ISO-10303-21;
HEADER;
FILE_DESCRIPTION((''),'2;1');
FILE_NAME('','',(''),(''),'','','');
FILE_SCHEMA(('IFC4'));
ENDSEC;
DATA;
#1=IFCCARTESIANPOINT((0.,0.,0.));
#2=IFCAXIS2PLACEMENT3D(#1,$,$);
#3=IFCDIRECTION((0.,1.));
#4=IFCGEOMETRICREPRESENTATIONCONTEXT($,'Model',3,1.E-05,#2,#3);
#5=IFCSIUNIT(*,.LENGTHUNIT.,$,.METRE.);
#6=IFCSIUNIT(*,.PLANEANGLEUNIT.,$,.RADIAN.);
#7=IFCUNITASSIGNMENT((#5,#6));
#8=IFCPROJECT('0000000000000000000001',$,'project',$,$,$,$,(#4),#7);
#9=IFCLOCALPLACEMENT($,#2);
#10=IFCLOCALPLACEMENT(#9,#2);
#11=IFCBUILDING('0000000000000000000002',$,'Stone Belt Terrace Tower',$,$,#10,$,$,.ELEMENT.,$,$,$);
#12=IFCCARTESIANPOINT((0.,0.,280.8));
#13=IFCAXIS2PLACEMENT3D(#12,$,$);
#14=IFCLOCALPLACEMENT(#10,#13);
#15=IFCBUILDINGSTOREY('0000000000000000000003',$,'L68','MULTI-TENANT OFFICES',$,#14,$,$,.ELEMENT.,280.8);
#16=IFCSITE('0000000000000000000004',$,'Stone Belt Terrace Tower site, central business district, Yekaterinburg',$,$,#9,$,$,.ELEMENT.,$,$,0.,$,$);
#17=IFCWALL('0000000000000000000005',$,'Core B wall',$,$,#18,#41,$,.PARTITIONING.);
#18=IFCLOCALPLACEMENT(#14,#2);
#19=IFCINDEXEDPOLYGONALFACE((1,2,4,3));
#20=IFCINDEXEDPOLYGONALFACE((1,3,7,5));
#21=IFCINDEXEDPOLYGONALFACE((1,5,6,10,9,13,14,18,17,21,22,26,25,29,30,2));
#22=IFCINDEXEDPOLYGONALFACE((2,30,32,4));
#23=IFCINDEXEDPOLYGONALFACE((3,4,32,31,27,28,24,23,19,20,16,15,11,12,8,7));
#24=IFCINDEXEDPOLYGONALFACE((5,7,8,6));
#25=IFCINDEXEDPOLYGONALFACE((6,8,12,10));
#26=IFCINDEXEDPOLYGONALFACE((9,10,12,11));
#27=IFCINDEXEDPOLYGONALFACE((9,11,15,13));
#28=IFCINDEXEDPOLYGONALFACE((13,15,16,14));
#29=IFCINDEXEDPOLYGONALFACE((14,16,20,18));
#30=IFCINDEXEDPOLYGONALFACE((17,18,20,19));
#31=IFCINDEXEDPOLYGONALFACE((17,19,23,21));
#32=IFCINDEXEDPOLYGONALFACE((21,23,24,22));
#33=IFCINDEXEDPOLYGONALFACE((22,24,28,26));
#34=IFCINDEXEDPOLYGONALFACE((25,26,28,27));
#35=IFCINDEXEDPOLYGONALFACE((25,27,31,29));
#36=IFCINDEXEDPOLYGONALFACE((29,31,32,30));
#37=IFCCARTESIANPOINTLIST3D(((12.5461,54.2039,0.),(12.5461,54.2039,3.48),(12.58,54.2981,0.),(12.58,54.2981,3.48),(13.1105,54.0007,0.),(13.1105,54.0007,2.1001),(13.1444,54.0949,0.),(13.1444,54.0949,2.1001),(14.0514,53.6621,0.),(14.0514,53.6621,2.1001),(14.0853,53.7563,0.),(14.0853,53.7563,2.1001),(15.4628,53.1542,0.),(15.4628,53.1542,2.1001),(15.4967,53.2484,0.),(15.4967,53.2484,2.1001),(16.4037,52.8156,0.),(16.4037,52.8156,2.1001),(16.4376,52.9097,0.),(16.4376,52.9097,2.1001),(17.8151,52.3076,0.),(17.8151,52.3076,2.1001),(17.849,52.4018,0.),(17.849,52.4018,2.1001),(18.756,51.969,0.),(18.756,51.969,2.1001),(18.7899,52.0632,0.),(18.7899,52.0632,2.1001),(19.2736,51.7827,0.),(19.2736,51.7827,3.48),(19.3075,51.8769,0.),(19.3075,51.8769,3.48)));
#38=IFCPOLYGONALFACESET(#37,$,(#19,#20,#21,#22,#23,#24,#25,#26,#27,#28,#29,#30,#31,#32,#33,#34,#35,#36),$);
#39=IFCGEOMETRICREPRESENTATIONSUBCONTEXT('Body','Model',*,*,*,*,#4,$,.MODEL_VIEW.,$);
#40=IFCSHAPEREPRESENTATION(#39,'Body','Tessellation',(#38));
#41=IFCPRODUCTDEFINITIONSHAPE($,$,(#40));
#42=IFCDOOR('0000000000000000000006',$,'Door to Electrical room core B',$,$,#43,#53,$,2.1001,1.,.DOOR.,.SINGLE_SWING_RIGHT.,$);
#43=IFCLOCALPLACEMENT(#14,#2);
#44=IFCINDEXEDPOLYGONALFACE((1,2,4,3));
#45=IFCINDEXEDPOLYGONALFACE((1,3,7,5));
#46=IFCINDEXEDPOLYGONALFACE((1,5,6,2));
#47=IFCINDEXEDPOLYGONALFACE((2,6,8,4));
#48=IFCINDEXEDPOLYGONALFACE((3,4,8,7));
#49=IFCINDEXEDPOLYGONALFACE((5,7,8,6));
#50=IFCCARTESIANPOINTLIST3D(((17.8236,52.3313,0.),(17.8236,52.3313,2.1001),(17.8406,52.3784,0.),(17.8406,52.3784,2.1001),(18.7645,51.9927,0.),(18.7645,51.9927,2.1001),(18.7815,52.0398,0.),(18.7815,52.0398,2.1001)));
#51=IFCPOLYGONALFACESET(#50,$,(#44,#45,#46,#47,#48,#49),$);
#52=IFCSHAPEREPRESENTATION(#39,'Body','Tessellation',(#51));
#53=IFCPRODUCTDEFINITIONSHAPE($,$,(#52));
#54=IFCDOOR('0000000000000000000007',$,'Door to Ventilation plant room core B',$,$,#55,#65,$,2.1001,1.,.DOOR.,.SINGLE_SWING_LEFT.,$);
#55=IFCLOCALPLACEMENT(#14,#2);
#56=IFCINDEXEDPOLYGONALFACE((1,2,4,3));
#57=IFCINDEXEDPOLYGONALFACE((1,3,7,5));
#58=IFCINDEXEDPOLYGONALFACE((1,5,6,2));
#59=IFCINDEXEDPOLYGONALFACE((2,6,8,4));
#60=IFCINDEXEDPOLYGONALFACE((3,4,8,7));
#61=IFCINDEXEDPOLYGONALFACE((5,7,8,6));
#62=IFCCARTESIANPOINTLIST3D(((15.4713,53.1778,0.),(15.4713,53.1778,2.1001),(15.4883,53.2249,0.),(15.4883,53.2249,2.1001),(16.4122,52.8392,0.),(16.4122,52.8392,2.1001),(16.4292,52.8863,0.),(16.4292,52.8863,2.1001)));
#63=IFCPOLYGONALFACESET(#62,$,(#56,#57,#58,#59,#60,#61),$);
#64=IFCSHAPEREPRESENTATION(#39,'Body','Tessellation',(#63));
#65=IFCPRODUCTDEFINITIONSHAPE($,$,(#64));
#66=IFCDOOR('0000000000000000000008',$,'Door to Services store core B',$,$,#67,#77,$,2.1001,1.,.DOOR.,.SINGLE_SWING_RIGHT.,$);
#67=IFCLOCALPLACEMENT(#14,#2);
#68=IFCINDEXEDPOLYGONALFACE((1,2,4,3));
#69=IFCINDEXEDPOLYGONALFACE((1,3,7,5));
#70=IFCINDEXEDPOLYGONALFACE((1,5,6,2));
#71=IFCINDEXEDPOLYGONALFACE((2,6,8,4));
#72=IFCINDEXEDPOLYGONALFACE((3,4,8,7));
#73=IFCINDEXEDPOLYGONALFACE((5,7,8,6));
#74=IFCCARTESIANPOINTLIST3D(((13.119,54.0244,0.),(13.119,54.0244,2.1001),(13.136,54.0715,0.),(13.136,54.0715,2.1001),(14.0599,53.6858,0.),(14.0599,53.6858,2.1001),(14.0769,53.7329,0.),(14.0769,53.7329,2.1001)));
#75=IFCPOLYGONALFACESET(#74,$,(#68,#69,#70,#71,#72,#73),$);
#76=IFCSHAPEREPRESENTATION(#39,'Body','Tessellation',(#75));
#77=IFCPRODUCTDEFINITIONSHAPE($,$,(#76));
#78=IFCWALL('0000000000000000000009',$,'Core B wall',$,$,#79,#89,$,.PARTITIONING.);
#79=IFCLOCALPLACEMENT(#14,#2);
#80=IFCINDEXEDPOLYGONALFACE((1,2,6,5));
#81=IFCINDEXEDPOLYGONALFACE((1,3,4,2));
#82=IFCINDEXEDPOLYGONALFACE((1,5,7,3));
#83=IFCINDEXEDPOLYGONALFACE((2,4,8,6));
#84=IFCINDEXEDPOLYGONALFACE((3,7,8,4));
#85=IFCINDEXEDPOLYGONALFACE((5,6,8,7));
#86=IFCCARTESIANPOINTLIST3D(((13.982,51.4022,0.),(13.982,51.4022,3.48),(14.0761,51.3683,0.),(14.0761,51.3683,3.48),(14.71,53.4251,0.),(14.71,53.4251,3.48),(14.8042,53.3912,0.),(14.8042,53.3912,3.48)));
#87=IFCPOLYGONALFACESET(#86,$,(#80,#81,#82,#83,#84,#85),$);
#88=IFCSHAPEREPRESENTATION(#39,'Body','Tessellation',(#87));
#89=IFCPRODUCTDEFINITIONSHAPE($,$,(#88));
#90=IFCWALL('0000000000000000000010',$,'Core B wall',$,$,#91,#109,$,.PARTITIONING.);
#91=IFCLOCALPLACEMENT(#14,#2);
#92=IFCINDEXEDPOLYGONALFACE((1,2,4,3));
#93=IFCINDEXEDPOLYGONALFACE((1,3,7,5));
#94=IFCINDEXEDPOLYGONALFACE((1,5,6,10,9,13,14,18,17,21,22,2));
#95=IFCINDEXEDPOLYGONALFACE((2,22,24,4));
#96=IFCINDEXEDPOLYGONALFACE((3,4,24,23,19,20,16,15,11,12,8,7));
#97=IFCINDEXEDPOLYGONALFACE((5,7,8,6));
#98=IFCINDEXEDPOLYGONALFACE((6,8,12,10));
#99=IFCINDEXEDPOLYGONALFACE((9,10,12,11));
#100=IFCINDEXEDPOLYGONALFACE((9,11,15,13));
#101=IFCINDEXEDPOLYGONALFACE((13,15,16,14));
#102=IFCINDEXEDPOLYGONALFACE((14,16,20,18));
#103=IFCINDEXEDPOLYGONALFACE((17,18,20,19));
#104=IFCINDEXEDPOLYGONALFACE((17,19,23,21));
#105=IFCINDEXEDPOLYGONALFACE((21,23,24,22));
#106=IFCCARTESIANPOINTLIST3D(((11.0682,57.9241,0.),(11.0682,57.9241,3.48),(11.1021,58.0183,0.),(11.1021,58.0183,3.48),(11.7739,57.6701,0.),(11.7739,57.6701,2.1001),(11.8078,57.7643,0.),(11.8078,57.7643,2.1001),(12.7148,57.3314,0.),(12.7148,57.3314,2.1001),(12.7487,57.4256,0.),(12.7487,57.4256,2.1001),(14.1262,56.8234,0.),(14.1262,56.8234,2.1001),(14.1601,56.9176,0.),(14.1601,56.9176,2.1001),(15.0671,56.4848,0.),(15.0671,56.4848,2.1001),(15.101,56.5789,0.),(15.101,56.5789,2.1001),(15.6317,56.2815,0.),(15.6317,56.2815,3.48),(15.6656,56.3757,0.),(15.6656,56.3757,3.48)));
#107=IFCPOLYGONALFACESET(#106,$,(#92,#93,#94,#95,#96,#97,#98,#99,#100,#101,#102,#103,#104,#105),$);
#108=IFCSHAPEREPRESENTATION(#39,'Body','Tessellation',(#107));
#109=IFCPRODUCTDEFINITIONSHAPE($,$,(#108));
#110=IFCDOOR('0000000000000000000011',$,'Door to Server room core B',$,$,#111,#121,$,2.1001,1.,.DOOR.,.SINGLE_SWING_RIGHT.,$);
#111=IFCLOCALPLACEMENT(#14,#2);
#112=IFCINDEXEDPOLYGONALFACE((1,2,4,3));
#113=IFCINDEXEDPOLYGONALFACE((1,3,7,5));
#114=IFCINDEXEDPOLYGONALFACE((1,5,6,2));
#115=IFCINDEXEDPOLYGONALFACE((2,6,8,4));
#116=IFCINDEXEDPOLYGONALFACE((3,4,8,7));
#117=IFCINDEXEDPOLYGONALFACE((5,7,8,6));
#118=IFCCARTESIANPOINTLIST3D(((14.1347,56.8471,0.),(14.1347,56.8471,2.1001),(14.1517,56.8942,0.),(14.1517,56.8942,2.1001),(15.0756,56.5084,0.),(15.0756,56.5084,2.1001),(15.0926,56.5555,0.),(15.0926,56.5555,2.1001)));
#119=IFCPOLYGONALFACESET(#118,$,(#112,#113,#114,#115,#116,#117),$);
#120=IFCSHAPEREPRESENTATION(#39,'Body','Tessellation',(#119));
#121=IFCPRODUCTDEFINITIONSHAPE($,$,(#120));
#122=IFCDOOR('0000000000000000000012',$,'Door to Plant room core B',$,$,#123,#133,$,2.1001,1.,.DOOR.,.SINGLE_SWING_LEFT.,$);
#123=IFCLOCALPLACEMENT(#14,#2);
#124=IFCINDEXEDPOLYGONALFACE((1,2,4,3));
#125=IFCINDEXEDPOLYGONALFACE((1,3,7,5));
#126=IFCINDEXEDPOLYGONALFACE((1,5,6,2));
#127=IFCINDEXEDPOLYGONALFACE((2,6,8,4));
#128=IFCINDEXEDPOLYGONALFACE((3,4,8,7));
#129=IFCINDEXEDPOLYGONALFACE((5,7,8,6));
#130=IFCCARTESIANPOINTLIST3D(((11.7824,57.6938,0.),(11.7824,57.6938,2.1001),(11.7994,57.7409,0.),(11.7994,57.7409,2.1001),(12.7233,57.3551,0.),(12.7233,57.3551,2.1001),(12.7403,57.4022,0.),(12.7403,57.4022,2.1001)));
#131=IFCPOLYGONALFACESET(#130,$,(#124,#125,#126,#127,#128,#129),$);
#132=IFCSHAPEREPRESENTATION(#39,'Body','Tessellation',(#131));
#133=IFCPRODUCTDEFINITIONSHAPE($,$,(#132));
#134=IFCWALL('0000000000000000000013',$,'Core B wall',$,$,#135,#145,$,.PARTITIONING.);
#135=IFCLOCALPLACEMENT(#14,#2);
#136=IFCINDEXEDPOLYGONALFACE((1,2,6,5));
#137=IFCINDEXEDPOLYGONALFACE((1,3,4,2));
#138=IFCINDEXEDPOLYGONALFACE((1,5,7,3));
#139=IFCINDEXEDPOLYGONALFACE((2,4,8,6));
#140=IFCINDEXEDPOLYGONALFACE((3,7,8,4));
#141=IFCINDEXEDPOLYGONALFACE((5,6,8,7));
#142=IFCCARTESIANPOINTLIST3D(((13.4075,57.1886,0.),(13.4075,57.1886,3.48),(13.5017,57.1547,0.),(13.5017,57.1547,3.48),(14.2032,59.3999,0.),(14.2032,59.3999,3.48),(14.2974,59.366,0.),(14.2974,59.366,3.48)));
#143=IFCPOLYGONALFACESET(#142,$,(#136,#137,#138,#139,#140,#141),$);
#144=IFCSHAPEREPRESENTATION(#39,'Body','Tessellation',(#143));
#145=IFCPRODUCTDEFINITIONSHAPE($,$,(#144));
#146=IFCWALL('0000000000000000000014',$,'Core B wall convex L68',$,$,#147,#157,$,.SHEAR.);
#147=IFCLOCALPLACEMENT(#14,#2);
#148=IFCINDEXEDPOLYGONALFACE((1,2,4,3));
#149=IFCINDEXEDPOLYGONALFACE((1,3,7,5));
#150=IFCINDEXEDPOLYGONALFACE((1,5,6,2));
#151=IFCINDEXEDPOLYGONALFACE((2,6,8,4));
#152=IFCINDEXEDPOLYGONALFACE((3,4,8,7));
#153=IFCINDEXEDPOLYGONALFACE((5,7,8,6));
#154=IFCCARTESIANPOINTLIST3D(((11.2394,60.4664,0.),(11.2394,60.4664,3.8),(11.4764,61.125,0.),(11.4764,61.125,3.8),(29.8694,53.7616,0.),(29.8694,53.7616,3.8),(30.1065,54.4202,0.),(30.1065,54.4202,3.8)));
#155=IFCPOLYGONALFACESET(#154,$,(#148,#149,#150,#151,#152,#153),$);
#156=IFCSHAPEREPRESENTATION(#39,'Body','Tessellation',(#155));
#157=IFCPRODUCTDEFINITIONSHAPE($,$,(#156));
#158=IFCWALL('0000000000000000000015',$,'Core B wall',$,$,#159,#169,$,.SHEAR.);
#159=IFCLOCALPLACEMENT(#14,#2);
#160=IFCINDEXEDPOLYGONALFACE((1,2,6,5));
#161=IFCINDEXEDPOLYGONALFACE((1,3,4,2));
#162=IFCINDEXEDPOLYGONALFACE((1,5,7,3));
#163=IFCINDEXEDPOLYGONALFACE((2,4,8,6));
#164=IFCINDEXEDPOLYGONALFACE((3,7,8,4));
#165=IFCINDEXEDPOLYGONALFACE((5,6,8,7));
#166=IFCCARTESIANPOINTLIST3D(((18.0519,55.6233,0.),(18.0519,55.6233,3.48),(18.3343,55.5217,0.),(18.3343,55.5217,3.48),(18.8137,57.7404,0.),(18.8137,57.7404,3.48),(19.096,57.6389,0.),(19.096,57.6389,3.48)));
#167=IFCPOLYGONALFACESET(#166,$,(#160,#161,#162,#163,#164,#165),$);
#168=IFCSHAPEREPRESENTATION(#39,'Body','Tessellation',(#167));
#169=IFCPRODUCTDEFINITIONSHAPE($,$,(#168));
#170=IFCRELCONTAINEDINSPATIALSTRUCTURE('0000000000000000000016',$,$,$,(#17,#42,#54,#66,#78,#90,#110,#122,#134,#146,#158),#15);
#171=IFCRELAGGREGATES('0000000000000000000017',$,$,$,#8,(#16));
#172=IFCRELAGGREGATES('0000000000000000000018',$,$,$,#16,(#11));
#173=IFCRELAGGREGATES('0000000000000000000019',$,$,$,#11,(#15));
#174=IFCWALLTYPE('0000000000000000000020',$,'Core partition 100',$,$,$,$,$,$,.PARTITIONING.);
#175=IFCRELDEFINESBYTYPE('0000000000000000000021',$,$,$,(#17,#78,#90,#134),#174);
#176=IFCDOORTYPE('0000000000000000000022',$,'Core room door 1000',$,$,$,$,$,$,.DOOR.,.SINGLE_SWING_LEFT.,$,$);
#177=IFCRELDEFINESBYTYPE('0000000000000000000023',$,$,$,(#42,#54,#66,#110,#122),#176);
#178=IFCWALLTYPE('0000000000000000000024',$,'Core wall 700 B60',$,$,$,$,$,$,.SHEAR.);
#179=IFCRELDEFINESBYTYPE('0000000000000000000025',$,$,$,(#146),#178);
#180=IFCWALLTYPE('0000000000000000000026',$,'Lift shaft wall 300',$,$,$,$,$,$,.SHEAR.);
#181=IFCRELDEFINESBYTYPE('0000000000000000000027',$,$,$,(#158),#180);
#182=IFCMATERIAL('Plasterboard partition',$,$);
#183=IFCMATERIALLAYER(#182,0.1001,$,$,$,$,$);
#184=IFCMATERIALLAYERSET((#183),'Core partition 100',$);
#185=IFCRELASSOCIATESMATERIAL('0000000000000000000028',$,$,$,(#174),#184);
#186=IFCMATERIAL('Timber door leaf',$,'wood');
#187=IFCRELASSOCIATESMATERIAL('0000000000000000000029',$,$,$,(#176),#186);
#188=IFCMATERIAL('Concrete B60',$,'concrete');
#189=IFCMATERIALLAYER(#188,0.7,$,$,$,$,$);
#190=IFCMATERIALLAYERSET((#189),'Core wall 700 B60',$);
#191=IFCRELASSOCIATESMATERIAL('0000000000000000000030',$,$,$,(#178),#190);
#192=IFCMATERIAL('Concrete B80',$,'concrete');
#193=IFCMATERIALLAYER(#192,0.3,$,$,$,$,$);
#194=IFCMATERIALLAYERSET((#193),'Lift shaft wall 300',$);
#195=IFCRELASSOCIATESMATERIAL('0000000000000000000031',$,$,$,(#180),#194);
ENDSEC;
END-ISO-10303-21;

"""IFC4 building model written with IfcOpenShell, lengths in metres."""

from ifc_helpers import new_model, si_unit, direction, frame, frame_2d, origin, place, context, subcontext, project, spatial, rectangle, extrude, material, layer, layer_set, type_object, element, fill, save


model = new_model("IFC4")

# Units and contexts
model_context = context("Model", 3, precision=1e-05, world=origin(), true_north=direction((0.0, 1.0)))
body_context = subcontext(model_context, "Body", "Model", "MODEL_VIEW")
ifc_project = project(units=[si_unit("LENGTHUNIT", "METRE"), si_unit("PLANEANGLEUNIT", "RADIAN")], contexts=[model_context])

# Site, building, storey
site_placement = place(None, origin())
site = spatial("IfcSite", under=ifc_project, at=site_placement, Name="Stone Belt Terrace Tower site, central business district, Yekaterinburg", CompositionType="ELEMENT", RefElevation=0.0)
building_placement = place(site_placement, origin())
building = spatial("IfcBuilding", under=site, at=building_placement, Name="Stone Belt Terrace Tower", CompositionType="ELEMENT")
storey_placement = place(building_placement, frame((0.0, 0.0, 280.8)))
storey = spatial("IfcBuildingStorey", under=building, at=storey_placement, Name="L68", Description="MULTI-TENANT OFFICES", CompositionType="ELEMENT", Elevation=280.8)

# Shared definitions
ifc_material_1 = material(Name="Concrete B60", Category="concrete")

# Wall, openings, doors
ifc_material_2 = material(Name="Plasterboard partition")
ifc_layer_1 = layer(ifc_material_2, 0.1001)
ifc_layer_set_1 = layer_set([ifc_layer_1], Name="Core partition 100")
wall_type_1 = type_object("IfcWallType", Name="Core partition 100", PredefinedType="PARTITIONING", material=ifc_layer_set_1)
wall_1_placement = place(storey_placement, frame((19.2905, 51.8298, 0.0), z_axis=(0.0, 0.0, 1.0), x_axis=(-0.940922, 0.338624, 0.0)))
wall_1 = element("IfcWall", 1, at=wall_1_placement, inside=storey, type_object=wall_type_1, Name="Core B wall", PredefinedType="PARTITIONING", context=body_context, shape_type="SweptSolid", body=[
    extrude(rectangle(XDim=7.1499, YDim=0.1001, at=frame_2d((3.575, 0.0))), origin(), (0.0, 0.0, 1.0), 3.48),
])
opening_1_placement = place(wall_1_placement, frame((0.55, 0.0, 0.0)))
opening_1 = element("IfcOpeningElement", 2, at=opening_1_placement, cuts=wall_1, PredefinedType="OPENING", context=body_context, shape_type="SweptSolid", body=[
    extrude(rectangle(XDim=1.0, YDim=2.1001, at=frame_2d((0.5, 1.05))), frame((0.0, 0.0601, 0.0), z_axis=(0.0, -1.0, 0.0), x_axis=(1.0, 0.0, 0.0)), (0.0, 0.0, 1.0), 0.1201),
])
opening_2_placement = place(wall_1_placement, frame((3.05, 0.0, 0.0)))
opening_2 = element("IfcOpeningElement", 3, at=opening_2_placement, cuts=wall_1, PredefinedType="OPENING", context=body_context, shape_type="SweptSolid", body=[
    extrude(rectangle(XDim=1.0, YDim=2.1001, at=frame_2d((0.5, 1.05))), frame((0.0, 0.0601, 0.0), z_axis=(0.0, -1.0, 0.0), x_axis=(1.0, 0.0, 0.0)), (0.0, 0.0, 1.0), 0.1201),
])
opening_3_placement = place(wall_1_placement, frame((5.55, 0.0, 0.0)))
opening_3 = element("IfcOpeningElement", 4, at=opening_3_placement, cuts=wall_1, PredefinedType="OPENING", context=body_context, shape_type="SweptSolid", body=[
    extrude(rectangle(XDim=1.0, YDim=2.1001, at=frame_2d((0.5, 1.05))), frame((0.0, 0.0601, 0.0), z_axis=(0.0, -1.0, 0.0), x_axis=(1.0, 0.0, 0.0)), (0.0, 0.0, 1.0), 0.1201),
])
ifc_material_3 = material(Name="Timber door leaf", Category="wood")
door_type_1 = type_object("IfcDoorType", Name="Core room door 1000", OperationType="SINGLE_SWING_LEFT", PredefinedType="DOOR", material=ifc_material_3)
door_1_placement = place(opening_1_placement, origin())
door_1 = element("IfcDoor", 5, at=door_1_placement, inside=storey, type_object=door_type_1, Name="Door to Electrical room core B", OperationType="SINGLE_SWING_RIGHT", OverallHeight=2.1001, OverallWidth=1.0, PredefinedType="DOOR", context=body_context, shape_type="SweptSolid", body=[
    extrude(rectangle(XDim=1.0, YDim=2.1001, at=frame_2d((0.5, 1.05))), frame((0.0, 0.0249, 0.0), z_axis=(0.0, -1.0, 0.0), x_axis=(1.0, 0.0, 0.0)), (0.0, 0.0, 1.0), 0.05),
])
fill(opening_1, door_1)
door_2_placement = place(opening_2_placement, origin())
door_2 = element("IfcDoor", 6, at=door_2_placement, inside=storey, type_object=door_type_1, Name="Door to Ventilation plant room core B", OperationType="SINGLE_SWING_LEFT", OverallHeight=2.1001, OverallWidth=1.0, PredefinedType="DOOR", context=body_context, shape_type="SweptSolid", body=[
    extrude(rectangle(XDim=1.0, YDim=2.1001, at=frame_2d((0.5, 1.05))), frame((0.0, 0.0249, 0.0), z_axis=(0.0, -1.0, 0.0), x_axis=(1.0, 0.0, 0.0)), (0.0, 0.0, 1.0), 0.05),
])
fill(opening_2, door_2)
door_3_placement = place(opening_3_placement, origin())
door_3 = element("IfcDoor", 7, at=door_3_placement, inside=storey, type_object=door_type_1, Name="Door to Services store core B", OperationType="SINGLE_SWING_RIGHT", OverallHeight=2.1001, OverallWidth=1.0, PredefinedType="DOOR", context=body_context, shape_type="SweptSolid", body=[
    extrude(rectangle(XDim=1.0, YDim=2.1001, at=frame_2d((0.5, 1.05))), frame((0.0, 0.0249, 0.0), z_axis=(0.0, -1.0, 0.0), x_axis=(1.0, 0.0, 0.0)), (0.0, 0.0, 1.0), 0.05),
])
fill(opening_3, door_3)

# Wall
wall_2_placement = place(storey_placement, frame((14.0291, 51.3853, 0.0), z_axis=(0.0, 0.0, 1.0), x_axis=(0.338623, 0.940922, 0.0)))
element("IfcWall", 8, at=wall_2_placement, inside=storey, type_object=wall_type_1, Name="Core B wall", PredefinedType="PARTITIONING", context=body_context, shape_type="SweptSolid", body=[
    extrude(rectangle(XDim=2.1499, YDim=0.1001, at=frame_2d((1.075, 0.0))), origin(), (0.0, 0.0, 1.0), 3.48),
])

# Wall, openings, doors
wall_3_placement = place(storey_placement, frame((15.6487, 56.3286, 0.0), z_axis=(0.0, 0.0, 1.0), x_axis=(-0.940905, 0.33867, 0.0)))
wall_3 = element("IfcWall", 9, at=wall_3_placement, inside=storey, type_object=wall_type_1, Name="Core B wall", PredefinedType="PARTITIONING", context=body_context, shape_type="SweptSolid", body=[
    extrude(rectangle(XDim=4.8501, YDim=0.1001, at=frame_2d((2.425, 0.0))), origin(), (0.0, 0.0, 1.0), 3.48),
])
opening_4_placement = place(wall_3_placement, frame((0.6001, 0.0, 0.0)))
opening_4 = element("IfcOpeningElement", 10, at=opening_4_placement, cuts=wall_3, PredefinedType="OPENING", context=body_context, shape_type="SweptSolid", body=[
    extrude(rectangle(XDim=1.0, YDim=2.1001, at=frame_2d((0.5, 1.05))), frame((0.0, 0.0601, 0.0), z_axis=(0.0, -1.0, 0.0), x_axis=(1.0, 0.0, 0.0)), (0.0, 0.0, 1.0), 0.1201),
])
opening_5_placement = place(wall_3_placement, frame((3.1001, 0.0, 0.0)))
opening_5 = element("IfcOpeningElement", 11, at=opening_5_placement, cuts=wall_3, PredefinedType="OPENING", context=body_context, shape_type="SweptSolid", body=[
    extrude(rectangle(XDim=1.0, YDim=2.1001, at=frame_2d((0.5, 1.05))), frame((0.0, 0.0601, 0.0), z_axis=(0.0, -1.0, 0.0), x_axis=(1.0, 0.0, 0.0)), (0.0, 0.0, 1.0), 0.1201),
])
door_4_placement = place(opening_4_placement, origin())
door_4 = element("IfcDoor", 12, at=door_4_placement, inside=storey, type_object=door_type_1, Name="Door to Server room core B", OperationType="SINGLE_SWING_RIGHT", OverallHeight=2.1001, OverallWidth=1.0, PredefinedType="DOOR", context=body_context, shape_type="SweptSolid", body=[
    extrude(rectangle(XDim=1.0, YDim=2.1001, at=frame_2d((0.5, 1.05))), frame((0.0, 0.0249, 0.0), z_axis=(0.0, -1.0, 0.0), x_axis=(1.0, 0.0, 0.0)), (0.0, 0.0, 1.0), 0.05),
])
fill(opening_4, door_4)
door_5_placement = place(opening_5_placement, origin())
door_5 = element("IfcDoor", 13, at=door_5_placement, inside=storey, type_object=door_type_1, Name="Door to Plant room core B", OperationType="SINGLE_SWING_LEFT", OverallHeight=2.1001, OverallWidth=1.0, PredefinedType="DOOR", context=body_context, shape_type="SweptSolid", body=[
    extrude(rectangle(XDim=1.0, YDim=2.1001, at=frame_2d((0.5, 1.05))), frame((0.0, 0.0249, 0.0), z_axis=(0.0, -1.0, 0.0), x_axis=(1.0, 0.0, 0.0)), (0.0, 0.0, 1.0), 0.05),
])
fill(opening_5, door_5)

# Walls
wall_4_placement = place(storey_placement, frame((13.4546, 57.1716, 0.0), z_axis=(0.0, 0.0, 1.0), x_axis=(0.33858, 0.940938, 0.0)))
element("IfcWall", 14, at=wall_4_placement, inside=storey, type_object=wall_type_1, Name="Core B wall", PredefinedType="PARTITIONING", context=body_context, shape_type="SweptSolid", body=[
    extrude(rectangle(XDim=2.3501, YDim=0.1001, at=frame_2d((1.175, 0.0))), origin(), (0.0, 0.0, 1.0), 3.48),
])
ifc_layer_2 = layer(ifc_material_1, 0.7)
ifc_layer_set_2 = layer_set([ifc_layer_2], Name="Core wall 700 B60")
wall_type_2 = type_object("IfcWallType", Name="Core wall 700 B60", PredefinedType="SHEAR", material=ifc_layer_set_2)
wall_5_placement = place(storey_placement, frame((11.3579, 60.7957, 0.0), z_axis=(0.0, 0.0, 1.0), x_axis=(0.94092, -0.33863, 0.0)))
element("IfcWall", 15, at=wall_5_placement, inside=storey, type_object=wall_type_2, Name="Core B wall convex L68", PredefinedType="SHEAR", context=body_context, shape_type="SweptSolid", body=[
    extrude(rectangle(XDim=19.7998, YDim=0.7, at=frame_2d((9.8999, 0.0))), origin(), (0.0, 0.0, 1.0), 3.8),
])
ifc_material_4 = material(Name="Concrete B80", Category="concrete")
ifc_layer_3 = layer(ifc_material_4, 0.3)
ifc_layer_set_3 = layer_set([ifc_layer_3], Name="Lift shaft wall 300")
wall_type_3 = type_object("IfcWallType", Name="Lift shaft wall 300", PredefinedType="SHEAR", material=ifc_layer_set_3)
wall_6_placement = place(storey_placement, frame((18.1931, 55.5725, 0.0), z_axis=(0.0, 0.0, 1.0), x_axis=(0.338535, 0.940954, 0.0)))
element("IfcWall", 16, at=wall_6_placement, inside=storey, type_object=wall_type_3, Name="Core B wall", PredefinedType="SHEAR", context=body_context, shape_type="SweptSolid", body=[
    extrude(rectangle(XDim=2.25, YDim=0.3, at=frame_2d((1.125, 0.0))), origin(), (0.0, 0.0, 1.0), 3.48),
])

save(model, "model.ifc")
